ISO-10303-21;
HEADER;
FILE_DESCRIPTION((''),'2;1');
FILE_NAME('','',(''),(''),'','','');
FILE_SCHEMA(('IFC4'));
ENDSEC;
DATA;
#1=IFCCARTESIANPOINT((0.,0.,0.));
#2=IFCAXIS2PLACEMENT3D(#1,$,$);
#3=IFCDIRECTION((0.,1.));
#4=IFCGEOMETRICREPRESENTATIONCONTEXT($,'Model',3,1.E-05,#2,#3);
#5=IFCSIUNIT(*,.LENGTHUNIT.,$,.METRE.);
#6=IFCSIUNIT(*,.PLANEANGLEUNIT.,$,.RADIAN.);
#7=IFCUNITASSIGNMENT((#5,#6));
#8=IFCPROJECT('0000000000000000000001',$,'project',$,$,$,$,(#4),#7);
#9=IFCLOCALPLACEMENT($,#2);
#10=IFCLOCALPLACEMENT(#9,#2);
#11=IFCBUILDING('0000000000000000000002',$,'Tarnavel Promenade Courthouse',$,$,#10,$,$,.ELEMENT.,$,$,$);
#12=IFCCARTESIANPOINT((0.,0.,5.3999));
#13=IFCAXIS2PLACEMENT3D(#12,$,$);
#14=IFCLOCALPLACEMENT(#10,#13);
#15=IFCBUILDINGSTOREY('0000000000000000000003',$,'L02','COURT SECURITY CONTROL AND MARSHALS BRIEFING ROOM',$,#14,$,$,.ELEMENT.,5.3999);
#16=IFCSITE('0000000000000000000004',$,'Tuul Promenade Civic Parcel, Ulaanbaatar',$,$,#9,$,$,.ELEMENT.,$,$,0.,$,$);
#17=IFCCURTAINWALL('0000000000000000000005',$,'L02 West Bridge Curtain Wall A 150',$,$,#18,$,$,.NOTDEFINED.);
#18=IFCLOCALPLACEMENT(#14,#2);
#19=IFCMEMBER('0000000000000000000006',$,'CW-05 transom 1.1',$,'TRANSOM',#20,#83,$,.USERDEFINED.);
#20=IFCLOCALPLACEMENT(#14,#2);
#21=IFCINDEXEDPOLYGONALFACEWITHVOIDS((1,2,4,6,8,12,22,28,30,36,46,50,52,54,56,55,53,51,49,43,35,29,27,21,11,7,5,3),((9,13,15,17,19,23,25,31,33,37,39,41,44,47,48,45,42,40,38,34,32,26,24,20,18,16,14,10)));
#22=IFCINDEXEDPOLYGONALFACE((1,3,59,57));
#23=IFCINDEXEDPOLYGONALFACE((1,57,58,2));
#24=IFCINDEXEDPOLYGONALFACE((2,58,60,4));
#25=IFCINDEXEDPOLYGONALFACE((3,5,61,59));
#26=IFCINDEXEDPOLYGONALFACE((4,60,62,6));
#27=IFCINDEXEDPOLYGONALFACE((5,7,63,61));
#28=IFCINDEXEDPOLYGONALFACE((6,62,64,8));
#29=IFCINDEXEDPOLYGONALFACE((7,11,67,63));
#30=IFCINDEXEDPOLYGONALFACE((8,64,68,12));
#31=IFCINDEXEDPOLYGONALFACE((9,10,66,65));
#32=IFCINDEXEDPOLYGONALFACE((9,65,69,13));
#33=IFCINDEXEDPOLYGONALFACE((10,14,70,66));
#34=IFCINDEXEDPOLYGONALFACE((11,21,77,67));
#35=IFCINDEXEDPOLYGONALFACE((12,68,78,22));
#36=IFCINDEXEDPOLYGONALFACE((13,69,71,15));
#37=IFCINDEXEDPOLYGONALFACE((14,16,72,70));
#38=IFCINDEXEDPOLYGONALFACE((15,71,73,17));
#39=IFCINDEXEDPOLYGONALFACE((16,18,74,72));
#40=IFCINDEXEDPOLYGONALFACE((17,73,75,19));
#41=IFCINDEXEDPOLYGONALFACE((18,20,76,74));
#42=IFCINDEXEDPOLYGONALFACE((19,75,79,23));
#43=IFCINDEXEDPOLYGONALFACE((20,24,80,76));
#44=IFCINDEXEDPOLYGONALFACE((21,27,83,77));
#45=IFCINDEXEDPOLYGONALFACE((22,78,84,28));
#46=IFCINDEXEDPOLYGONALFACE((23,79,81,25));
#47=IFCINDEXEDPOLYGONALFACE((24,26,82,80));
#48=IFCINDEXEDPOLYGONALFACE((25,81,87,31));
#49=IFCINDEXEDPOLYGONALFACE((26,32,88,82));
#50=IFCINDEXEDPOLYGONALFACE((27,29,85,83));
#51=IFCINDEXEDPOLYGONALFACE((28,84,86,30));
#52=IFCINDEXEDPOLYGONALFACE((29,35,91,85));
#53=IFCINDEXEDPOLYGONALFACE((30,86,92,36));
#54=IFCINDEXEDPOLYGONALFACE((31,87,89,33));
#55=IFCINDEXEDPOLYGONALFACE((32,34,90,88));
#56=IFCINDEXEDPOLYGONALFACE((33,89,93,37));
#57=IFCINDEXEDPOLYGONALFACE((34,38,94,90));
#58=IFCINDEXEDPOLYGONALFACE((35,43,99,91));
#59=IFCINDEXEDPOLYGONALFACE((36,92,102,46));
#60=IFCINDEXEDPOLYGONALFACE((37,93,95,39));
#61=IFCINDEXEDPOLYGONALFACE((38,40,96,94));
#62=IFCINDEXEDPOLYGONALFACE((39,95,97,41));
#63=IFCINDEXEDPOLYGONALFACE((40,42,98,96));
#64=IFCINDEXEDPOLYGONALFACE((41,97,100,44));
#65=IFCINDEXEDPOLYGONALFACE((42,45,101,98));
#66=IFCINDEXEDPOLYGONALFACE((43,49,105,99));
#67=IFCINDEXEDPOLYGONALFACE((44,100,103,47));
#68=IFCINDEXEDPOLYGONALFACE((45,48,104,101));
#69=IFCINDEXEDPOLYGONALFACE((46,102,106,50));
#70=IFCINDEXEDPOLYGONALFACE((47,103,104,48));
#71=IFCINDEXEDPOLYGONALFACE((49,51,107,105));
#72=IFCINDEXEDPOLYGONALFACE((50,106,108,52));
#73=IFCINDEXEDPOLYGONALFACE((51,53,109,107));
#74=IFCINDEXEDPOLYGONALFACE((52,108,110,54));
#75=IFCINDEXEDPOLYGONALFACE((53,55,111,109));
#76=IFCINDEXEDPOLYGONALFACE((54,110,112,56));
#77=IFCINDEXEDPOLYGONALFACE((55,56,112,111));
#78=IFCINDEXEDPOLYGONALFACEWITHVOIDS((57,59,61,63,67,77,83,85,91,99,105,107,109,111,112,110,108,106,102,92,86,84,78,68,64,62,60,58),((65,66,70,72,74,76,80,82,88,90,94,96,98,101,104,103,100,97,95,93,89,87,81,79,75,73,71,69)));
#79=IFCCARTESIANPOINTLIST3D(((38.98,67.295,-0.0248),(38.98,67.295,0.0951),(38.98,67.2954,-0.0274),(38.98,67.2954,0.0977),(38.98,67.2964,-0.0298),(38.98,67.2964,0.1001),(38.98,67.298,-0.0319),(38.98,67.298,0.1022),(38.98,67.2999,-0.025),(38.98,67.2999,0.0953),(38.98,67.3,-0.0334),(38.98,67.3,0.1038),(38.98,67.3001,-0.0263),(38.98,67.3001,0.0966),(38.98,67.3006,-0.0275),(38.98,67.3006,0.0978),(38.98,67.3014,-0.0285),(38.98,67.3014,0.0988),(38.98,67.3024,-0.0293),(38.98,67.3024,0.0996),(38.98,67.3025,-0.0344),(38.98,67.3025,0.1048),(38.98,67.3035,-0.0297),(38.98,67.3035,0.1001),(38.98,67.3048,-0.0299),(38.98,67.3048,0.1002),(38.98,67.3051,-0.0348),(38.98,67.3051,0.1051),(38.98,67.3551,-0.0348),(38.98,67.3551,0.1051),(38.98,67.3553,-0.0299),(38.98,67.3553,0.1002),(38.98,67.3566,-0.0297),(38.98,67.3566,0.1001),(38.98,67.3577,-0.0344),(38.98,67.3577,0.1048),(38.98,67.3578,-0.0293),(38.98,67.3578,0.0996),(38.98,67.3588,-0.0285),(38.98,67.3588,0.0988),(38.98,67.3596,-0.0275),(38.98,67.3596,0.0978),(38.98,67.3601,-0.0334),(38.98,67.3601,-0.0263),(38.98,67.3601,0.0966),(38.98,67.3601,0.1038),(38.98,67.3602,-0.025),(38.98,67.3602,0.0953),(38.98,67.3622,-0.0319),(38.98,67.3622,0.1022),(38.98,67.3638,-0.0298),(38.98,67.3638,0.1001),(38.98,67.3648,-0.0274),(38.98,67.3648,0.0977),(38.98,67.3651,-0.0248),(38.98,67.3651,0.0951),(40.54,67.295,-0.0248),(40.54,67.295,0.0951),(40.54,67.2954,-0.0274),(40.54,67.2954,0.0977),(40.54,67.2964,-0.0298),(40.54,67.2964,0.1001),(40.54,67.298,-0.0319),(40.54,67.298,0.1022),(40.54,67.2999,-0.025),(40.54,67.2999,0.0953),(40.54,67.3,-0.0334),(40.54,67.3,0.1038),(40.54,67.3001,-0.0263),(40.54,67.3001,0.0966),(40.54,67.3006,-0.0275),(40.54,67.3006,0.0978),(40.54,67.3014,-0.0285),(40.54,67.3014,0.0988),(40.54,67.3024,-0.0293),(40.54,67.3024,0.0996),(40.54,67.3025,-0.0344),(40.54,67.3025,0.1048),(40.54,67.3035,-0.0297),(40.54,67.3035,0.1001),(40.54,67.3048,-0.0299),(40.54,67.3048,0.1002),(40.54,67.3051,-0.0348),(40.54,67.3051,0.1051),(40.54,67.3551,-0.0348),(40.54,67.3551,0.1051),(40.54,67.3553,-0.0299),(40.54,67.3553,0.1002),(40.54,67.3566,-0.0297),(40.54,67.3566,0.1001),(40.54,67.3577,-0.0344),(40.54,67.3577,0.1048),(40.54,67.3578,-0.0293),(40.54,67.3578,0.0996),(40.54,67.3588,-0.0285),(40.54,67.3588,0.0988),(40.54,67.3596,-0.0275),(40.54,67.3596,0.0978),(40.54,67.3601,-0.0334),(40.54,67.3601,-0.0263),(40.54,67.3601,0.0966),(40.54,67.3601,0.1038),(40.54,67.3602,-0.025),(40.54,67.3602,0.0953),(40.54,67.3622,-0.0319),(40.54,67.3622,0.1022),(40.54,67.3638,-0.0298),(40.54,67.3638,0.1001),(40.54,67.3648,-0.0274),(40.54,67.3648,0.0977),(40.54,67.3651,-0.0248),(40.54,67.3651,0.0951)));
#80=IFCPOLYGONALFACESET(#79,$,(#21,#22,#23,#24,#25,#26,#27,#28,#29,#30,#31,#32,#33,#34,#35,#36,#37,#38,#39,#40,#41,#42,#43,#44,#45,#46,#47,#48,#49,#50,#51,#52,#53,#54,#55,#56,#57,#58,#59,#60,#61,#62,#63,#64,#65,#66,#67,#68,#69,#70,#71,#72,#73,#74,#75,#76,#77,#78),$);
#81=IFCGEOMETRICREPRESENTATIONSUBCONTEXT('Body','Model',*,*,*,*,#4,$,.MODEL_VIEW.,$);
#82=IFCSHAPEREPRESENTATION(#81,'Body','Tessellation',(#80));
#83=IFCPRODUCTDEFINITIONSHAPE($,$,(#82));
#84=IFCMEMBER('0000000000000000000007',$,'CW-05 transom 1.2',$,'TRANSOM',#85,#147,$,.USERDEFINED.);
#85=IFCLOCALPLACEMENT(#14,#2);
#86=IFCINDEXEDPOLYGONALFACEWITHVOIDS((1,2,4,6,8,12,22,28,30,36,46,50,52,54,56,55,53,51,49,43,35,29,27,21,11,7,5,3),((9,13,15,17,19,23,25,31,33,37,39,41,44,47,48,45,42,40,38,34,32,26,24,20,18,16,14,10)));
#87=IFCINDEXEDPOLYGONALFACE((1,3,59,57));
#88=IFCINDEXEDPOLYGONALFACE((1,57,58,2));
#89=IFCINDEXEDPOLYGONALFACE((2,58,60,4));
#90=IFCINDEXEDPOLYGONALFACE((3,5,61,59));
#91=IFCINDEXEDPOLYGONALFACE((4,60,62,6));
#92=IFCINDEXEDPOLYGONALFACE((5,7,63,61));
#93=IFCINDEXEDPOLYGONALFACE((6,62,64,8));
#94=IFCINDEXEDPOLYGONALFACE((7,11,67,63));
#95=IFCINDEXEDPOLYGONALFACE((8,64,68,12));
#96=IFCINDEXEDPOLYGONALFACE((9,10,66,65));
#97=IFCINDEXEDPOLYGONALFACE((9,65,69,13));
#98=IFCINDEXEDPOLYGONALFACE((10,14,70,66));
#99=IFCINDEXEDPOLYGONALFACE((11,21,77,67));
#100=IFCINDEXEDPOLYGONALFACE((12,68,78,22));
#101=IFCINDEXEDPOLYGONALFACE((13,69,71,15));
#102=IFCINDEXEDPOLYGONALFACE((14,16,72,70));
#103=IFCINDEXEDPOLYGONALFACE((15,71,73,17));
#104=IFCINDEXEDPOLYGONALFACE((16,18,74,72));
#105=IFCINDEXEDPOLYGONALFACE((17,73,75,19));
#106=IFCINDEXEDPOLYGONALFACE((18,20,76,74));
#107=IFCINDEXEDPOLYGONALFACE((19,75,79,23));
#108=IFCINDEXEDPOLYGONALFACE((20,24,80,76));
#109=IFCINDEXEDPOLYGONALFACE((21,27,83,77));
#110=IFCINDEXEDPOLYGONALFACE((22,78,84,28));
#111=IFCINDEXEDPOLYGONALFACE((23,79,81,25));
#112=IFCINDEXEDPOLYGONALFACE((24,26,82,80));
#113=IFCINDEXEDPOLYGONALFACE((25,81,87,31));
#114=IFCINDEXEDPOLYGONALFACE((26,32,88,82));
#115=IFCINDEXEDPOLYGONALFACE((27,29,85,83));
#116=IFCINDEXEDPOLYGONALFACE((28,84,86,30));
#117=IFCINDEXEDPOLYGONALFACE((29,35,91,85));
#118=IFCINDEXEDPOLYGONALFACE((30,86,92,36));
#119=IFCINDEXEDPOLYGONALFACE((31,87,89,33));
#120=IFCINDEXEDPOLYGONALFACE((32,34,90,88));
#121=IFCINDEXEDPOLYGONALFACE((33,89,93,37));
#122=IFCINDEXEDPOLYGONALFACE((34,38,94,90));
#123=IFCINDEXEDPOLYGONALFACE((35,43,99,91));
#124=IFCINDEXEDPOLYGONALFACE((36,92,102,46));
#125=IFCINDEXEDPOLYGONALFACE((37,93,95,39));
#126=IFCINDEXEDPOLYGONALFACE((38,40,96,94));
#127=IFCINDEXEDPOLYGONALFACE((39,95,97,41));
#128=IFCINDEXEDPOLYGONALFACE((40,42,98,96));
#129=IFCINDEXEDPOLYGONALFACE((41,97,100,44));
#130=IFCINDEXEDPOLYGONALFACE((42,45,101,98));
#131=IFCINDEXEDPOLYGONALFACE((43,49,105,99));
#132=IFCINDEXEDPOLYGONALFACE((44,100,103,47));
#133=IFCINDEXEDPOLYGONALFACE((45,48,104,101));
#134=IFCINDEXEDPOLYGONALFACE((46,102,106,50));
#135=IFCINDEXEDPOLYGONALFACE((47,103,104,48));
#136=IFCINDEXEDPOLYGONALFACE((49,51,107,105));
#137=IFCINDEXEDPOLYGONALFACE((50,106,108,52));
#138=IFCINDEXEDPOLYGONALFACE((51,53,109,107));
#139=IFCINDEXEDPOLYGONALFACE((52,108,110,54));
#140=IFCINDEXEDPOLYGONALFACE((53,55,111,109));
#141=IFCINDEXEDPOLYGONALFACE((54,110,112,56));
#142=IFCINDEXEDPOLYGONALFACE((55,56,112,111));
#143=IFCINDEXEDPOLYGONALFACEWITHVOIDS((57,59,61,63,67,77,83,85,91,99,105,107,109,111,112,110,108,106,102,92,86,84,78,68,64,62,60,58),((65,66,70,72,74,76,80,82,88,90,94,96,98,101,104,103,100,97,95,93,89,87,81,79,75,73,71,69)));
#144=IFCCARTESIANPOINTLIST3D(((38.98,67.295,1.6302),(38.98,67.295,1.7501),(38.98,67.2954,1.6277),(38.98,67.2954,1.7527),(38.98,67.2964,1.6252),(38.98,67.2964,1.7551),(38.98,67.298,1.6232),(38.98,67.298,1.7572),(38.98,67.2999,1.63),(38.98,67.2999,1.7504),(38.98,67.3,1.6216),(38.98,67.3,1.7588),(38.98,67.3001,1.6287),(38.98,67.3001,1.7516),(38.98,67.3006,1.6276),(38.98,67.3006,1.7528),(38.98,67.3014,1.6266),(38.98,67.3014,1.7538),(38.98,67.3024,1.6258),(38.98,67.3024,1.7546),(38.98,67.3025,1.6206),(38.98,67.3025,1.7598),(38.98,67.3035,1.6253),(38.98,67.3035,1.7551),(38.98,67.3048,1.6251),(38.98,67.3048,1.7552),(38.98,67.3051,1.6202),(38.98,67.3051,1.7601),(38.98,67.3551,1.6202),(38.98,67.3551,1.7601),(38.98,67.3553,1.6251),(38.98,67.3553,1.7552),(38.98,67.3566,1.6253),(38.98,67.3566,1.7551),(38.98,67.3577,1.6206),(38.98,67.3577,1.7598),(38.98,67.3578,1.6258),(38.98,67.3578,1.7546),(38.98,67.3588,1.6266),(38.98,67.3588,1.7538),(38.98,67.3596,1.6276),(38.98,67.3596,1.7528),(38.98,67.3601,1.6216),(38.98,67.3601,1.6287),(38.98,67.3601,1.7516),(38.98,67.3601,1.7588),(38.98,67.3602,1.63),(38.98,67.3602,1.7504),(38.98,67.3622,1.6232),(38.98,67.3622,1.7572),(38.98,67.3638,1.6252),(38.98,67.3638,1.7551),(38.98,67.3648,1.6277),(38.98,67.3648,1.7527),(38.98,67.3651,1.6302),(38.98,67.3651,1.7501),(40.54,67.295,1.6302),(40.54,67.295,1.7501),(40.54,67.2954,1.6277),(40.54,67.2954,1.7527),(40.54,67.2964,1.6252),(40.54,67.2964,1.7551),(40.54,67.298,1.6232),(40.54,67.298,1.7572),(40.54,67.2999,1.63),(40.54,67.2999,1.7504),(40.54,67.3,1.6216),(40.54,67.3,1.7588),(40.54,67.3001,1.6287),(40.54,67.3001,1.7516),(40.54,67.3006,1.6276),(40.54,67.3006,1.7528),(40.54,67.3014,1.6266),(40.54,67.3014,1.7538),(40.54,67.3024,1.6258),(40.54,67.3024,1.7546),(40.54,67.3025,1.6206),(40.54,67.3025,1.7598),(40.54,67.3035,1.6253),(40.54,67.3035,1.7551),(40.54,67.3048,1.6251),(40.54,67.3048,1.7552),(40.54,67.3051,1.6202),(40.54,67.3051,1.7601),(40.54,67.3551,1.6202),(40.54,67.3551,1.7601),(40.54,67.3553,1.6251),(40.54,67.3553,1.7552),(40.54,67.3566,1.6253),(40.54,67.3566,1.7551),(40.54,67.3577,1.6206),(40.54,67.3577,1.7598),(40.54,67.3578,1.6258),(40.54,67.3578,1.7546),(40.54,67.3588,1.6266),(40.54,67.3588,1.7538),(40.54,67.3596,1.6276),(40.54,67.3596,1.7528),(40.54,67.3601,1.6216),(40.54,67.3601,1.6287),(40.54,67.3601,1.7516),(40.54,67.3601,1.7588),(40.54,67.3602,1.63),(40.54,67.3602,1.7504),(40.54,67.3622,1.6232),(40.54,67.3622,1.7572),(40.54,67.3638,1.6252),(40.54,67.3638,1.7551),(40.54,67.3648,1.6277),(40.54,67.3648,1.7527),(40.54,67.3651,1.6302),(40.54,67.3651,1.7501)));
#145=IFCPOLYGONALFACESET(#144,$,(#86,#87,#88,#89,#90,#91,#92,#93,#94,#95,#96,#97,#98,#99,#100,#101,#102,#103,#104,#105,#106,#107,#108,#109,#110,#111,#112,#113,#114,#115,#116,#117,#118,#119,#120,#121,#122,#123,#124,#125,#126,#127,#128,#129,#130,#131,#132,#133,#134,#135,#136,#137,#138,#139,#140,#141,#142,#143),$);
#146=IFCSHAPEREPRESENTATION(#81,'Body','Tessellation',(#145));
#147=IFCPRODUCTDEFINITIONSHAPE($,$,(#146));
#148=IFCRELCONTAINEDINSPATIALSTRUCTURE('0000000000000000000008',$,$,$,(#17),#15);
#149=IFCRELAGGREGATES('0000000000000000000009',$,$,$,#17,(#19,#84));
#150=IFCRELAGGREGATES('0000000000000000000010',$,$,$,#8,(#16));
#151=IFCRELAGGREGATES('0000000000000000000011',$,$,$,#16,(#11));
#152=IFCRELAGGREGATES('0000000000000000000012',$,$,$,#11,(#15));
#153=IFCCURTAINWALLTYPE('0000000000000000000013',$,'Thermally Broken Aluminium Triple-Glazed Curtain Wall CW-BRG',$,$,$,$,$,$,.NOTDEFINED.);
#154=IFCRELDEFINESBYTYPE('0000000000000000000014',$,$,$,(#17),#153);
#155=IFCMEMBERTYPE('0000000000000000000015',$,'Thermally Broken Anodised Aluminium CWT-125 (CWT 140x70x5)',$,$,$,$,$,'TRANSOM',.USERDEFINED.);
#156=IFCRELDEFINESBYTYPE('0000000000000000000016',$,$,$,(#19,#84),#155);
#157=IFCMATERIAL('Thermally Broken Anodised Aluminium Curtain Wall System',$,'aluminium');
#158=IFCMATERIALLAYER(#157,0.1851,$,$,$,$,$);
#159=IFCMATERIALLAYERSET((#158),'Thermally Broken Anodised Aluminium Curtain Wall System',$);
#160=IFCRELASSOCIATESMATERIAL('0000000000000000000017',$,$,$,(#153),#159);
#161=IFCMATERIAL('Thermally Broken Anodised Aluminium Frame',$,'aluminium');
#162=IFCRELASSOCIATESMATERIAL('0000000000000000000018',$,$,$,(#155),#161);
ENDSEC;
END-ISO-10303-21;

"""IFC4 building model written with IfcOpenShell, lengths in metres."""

from ifc_helpers import new_model, si_unit, direction, frame, origin, origin_2d, place, context, subcontext, project, spatial, hollow_rectangle, extrude, material, layer, layer_set, material_profile, profile_set, type_object, element, aggregate, save


model = new_model("IFC4")

# Units and contexts
model_context = context("Model", 3, precision=1e-05, world=origin(), true_north=direction((0.0, 1.0)))
body_context = subcontext(model_context, "Body", "Model", "MODEL_VIEW")
ifc_project = project(units=[si_unit("LENGTHUNIT", "METRE"), si_unit("PLANEANGLEUNIT", "RADIAN")], contexts=[model_context])

# Site, building, storey
site_placement = place(None, origin())
site = spatial("IfcSite", under=ifc_project, at=site_placement, Name="Tuul Promenade Civic Parcel, Ulaanbaatar", CompositionType="ELEMENT", RefElevation=0.0)
building_placement = place(site_placement, origin())
building = spatial("IfcBuilding", under=site, at=building_placement, Name="Tarnavel Promenade Courthouse", CompositionType="ELEMENT")
storey_placement = place(building_placement, frame((0.0, 0.0, 5.3999)))
storey = spatial("IfcBuildingStorey", under=building, at=storey_placement, Name="L02", Description="COURT SECURITY CONTROL AND MARSHALS BRIEFING ROOM", CompositionType="ELEMENT", Elevation=5.3999)

# Curtain wall
ifc_material_1 = material(Name="Thermally Broken Anodised Aluminium Curtain Wall System", Category="aluminium")
ifc_layer_1 = layer(ifc_material_1, 0.1851)
ifc_layer_set_1 = layer_set([ifc_layer_1], Name="Thermally Broken Anodised Aluminium Curtain Wall System")
curtain_wall_type = type_object("IfcCurtainWallType", Name="Thermally Broken Aluminium Triple-Glazed Curtain Wall CW-BRG", PredefinedType="NOTDEFINED", material=ifc_layer_set_1)
curtain_wall_1_placement = place(storey_placement, origin())
curtain_wall_1 = element("IfcCurtainWall", 1, at=curtain_wall_1_placement, inside=storey, type_object=curtain_wall_type, Name="L02 West Bridge Curtain Wall A 150", PredefinedType="NOTDEFINED")
ifc_material_2 = material(Name="Thermally Broken Anodised Aluminium Frame", Category="aluminium")

# Members
ifc_material_profile_1 = material_profile(ifc_material_2, hollow_rectangle(XDim=0.0701, YDim=0.1399, WallThickness=0.0049, InnerFilletRadius=0.0049, OuterFilletRadius=0.01, at=origin_2d()), Name="CWT 140x70x5")
ifc_profile_set_1 = profile_set([ifc_material_profile_1], Name="Thermally Broken Anodised Aluminium Frame")
member_type_1 = type_object("IfcMemberType", Name="Thermally Broken Anodised Aluminium CWT-125 (CWT 140x70x5)", ElementType="TRANSOM", PredefinedType="USERDEFINED", material=ifc_profile_set_1)
member_1_placement = place(storey_placement, frame((38.98, 67.3301, 0.0352), z_axis=(1.0, 0.0, 0.0), x_axis=(0.0, 1.0, 0.0)))
member_1 = element("IfcMember", 2, at=member_1_placement, type_object=member_type_1, Name="CW-05 transom 1.1", ObjectType="TRANSOM", PredefinedType="USERDEFINED", context=body_context, shape_type="SweptSolid", body=[
    extrude(hollow_rectangle(XDim=0.0701, YDim=0.1399, WallThickness=0.0049, InnerFilletRadius=0.0049, OuterFilletRadius=0.01, at=origin_2d()), origin(), (0.0, 0.0, 1.0), 1.5601),
])
member_2_placement = place(storey_placement, frame((38.98, 67.3301, 1.6902), z_axis=(1.0, 0.0, 0.0), x_axis=(0.0, 1.0, 0.0)))
member_2 = element("IfcMember", 3, at=member_2_placement, type_object=member_type_1, Name="CW-05 transom 1.2", ObjectType="TRANSOM", PredefinedType="USERDEFINED", context=body_context, shape_type="SweptSolid", body=[
    extrude(hollow_rectangle(XDim=0.0701, YDim=0.1399, WallThickness=0.0049, InnerFilletRadius=0.0049, OuterFilletRadius=0.01, at=origin_2d()), origin(), (0.0, 0.0, 1.0), 1.5601),
])

aggregate(curtain_wall_1, [member_1, member_2])

save(model, "model.ifc")
